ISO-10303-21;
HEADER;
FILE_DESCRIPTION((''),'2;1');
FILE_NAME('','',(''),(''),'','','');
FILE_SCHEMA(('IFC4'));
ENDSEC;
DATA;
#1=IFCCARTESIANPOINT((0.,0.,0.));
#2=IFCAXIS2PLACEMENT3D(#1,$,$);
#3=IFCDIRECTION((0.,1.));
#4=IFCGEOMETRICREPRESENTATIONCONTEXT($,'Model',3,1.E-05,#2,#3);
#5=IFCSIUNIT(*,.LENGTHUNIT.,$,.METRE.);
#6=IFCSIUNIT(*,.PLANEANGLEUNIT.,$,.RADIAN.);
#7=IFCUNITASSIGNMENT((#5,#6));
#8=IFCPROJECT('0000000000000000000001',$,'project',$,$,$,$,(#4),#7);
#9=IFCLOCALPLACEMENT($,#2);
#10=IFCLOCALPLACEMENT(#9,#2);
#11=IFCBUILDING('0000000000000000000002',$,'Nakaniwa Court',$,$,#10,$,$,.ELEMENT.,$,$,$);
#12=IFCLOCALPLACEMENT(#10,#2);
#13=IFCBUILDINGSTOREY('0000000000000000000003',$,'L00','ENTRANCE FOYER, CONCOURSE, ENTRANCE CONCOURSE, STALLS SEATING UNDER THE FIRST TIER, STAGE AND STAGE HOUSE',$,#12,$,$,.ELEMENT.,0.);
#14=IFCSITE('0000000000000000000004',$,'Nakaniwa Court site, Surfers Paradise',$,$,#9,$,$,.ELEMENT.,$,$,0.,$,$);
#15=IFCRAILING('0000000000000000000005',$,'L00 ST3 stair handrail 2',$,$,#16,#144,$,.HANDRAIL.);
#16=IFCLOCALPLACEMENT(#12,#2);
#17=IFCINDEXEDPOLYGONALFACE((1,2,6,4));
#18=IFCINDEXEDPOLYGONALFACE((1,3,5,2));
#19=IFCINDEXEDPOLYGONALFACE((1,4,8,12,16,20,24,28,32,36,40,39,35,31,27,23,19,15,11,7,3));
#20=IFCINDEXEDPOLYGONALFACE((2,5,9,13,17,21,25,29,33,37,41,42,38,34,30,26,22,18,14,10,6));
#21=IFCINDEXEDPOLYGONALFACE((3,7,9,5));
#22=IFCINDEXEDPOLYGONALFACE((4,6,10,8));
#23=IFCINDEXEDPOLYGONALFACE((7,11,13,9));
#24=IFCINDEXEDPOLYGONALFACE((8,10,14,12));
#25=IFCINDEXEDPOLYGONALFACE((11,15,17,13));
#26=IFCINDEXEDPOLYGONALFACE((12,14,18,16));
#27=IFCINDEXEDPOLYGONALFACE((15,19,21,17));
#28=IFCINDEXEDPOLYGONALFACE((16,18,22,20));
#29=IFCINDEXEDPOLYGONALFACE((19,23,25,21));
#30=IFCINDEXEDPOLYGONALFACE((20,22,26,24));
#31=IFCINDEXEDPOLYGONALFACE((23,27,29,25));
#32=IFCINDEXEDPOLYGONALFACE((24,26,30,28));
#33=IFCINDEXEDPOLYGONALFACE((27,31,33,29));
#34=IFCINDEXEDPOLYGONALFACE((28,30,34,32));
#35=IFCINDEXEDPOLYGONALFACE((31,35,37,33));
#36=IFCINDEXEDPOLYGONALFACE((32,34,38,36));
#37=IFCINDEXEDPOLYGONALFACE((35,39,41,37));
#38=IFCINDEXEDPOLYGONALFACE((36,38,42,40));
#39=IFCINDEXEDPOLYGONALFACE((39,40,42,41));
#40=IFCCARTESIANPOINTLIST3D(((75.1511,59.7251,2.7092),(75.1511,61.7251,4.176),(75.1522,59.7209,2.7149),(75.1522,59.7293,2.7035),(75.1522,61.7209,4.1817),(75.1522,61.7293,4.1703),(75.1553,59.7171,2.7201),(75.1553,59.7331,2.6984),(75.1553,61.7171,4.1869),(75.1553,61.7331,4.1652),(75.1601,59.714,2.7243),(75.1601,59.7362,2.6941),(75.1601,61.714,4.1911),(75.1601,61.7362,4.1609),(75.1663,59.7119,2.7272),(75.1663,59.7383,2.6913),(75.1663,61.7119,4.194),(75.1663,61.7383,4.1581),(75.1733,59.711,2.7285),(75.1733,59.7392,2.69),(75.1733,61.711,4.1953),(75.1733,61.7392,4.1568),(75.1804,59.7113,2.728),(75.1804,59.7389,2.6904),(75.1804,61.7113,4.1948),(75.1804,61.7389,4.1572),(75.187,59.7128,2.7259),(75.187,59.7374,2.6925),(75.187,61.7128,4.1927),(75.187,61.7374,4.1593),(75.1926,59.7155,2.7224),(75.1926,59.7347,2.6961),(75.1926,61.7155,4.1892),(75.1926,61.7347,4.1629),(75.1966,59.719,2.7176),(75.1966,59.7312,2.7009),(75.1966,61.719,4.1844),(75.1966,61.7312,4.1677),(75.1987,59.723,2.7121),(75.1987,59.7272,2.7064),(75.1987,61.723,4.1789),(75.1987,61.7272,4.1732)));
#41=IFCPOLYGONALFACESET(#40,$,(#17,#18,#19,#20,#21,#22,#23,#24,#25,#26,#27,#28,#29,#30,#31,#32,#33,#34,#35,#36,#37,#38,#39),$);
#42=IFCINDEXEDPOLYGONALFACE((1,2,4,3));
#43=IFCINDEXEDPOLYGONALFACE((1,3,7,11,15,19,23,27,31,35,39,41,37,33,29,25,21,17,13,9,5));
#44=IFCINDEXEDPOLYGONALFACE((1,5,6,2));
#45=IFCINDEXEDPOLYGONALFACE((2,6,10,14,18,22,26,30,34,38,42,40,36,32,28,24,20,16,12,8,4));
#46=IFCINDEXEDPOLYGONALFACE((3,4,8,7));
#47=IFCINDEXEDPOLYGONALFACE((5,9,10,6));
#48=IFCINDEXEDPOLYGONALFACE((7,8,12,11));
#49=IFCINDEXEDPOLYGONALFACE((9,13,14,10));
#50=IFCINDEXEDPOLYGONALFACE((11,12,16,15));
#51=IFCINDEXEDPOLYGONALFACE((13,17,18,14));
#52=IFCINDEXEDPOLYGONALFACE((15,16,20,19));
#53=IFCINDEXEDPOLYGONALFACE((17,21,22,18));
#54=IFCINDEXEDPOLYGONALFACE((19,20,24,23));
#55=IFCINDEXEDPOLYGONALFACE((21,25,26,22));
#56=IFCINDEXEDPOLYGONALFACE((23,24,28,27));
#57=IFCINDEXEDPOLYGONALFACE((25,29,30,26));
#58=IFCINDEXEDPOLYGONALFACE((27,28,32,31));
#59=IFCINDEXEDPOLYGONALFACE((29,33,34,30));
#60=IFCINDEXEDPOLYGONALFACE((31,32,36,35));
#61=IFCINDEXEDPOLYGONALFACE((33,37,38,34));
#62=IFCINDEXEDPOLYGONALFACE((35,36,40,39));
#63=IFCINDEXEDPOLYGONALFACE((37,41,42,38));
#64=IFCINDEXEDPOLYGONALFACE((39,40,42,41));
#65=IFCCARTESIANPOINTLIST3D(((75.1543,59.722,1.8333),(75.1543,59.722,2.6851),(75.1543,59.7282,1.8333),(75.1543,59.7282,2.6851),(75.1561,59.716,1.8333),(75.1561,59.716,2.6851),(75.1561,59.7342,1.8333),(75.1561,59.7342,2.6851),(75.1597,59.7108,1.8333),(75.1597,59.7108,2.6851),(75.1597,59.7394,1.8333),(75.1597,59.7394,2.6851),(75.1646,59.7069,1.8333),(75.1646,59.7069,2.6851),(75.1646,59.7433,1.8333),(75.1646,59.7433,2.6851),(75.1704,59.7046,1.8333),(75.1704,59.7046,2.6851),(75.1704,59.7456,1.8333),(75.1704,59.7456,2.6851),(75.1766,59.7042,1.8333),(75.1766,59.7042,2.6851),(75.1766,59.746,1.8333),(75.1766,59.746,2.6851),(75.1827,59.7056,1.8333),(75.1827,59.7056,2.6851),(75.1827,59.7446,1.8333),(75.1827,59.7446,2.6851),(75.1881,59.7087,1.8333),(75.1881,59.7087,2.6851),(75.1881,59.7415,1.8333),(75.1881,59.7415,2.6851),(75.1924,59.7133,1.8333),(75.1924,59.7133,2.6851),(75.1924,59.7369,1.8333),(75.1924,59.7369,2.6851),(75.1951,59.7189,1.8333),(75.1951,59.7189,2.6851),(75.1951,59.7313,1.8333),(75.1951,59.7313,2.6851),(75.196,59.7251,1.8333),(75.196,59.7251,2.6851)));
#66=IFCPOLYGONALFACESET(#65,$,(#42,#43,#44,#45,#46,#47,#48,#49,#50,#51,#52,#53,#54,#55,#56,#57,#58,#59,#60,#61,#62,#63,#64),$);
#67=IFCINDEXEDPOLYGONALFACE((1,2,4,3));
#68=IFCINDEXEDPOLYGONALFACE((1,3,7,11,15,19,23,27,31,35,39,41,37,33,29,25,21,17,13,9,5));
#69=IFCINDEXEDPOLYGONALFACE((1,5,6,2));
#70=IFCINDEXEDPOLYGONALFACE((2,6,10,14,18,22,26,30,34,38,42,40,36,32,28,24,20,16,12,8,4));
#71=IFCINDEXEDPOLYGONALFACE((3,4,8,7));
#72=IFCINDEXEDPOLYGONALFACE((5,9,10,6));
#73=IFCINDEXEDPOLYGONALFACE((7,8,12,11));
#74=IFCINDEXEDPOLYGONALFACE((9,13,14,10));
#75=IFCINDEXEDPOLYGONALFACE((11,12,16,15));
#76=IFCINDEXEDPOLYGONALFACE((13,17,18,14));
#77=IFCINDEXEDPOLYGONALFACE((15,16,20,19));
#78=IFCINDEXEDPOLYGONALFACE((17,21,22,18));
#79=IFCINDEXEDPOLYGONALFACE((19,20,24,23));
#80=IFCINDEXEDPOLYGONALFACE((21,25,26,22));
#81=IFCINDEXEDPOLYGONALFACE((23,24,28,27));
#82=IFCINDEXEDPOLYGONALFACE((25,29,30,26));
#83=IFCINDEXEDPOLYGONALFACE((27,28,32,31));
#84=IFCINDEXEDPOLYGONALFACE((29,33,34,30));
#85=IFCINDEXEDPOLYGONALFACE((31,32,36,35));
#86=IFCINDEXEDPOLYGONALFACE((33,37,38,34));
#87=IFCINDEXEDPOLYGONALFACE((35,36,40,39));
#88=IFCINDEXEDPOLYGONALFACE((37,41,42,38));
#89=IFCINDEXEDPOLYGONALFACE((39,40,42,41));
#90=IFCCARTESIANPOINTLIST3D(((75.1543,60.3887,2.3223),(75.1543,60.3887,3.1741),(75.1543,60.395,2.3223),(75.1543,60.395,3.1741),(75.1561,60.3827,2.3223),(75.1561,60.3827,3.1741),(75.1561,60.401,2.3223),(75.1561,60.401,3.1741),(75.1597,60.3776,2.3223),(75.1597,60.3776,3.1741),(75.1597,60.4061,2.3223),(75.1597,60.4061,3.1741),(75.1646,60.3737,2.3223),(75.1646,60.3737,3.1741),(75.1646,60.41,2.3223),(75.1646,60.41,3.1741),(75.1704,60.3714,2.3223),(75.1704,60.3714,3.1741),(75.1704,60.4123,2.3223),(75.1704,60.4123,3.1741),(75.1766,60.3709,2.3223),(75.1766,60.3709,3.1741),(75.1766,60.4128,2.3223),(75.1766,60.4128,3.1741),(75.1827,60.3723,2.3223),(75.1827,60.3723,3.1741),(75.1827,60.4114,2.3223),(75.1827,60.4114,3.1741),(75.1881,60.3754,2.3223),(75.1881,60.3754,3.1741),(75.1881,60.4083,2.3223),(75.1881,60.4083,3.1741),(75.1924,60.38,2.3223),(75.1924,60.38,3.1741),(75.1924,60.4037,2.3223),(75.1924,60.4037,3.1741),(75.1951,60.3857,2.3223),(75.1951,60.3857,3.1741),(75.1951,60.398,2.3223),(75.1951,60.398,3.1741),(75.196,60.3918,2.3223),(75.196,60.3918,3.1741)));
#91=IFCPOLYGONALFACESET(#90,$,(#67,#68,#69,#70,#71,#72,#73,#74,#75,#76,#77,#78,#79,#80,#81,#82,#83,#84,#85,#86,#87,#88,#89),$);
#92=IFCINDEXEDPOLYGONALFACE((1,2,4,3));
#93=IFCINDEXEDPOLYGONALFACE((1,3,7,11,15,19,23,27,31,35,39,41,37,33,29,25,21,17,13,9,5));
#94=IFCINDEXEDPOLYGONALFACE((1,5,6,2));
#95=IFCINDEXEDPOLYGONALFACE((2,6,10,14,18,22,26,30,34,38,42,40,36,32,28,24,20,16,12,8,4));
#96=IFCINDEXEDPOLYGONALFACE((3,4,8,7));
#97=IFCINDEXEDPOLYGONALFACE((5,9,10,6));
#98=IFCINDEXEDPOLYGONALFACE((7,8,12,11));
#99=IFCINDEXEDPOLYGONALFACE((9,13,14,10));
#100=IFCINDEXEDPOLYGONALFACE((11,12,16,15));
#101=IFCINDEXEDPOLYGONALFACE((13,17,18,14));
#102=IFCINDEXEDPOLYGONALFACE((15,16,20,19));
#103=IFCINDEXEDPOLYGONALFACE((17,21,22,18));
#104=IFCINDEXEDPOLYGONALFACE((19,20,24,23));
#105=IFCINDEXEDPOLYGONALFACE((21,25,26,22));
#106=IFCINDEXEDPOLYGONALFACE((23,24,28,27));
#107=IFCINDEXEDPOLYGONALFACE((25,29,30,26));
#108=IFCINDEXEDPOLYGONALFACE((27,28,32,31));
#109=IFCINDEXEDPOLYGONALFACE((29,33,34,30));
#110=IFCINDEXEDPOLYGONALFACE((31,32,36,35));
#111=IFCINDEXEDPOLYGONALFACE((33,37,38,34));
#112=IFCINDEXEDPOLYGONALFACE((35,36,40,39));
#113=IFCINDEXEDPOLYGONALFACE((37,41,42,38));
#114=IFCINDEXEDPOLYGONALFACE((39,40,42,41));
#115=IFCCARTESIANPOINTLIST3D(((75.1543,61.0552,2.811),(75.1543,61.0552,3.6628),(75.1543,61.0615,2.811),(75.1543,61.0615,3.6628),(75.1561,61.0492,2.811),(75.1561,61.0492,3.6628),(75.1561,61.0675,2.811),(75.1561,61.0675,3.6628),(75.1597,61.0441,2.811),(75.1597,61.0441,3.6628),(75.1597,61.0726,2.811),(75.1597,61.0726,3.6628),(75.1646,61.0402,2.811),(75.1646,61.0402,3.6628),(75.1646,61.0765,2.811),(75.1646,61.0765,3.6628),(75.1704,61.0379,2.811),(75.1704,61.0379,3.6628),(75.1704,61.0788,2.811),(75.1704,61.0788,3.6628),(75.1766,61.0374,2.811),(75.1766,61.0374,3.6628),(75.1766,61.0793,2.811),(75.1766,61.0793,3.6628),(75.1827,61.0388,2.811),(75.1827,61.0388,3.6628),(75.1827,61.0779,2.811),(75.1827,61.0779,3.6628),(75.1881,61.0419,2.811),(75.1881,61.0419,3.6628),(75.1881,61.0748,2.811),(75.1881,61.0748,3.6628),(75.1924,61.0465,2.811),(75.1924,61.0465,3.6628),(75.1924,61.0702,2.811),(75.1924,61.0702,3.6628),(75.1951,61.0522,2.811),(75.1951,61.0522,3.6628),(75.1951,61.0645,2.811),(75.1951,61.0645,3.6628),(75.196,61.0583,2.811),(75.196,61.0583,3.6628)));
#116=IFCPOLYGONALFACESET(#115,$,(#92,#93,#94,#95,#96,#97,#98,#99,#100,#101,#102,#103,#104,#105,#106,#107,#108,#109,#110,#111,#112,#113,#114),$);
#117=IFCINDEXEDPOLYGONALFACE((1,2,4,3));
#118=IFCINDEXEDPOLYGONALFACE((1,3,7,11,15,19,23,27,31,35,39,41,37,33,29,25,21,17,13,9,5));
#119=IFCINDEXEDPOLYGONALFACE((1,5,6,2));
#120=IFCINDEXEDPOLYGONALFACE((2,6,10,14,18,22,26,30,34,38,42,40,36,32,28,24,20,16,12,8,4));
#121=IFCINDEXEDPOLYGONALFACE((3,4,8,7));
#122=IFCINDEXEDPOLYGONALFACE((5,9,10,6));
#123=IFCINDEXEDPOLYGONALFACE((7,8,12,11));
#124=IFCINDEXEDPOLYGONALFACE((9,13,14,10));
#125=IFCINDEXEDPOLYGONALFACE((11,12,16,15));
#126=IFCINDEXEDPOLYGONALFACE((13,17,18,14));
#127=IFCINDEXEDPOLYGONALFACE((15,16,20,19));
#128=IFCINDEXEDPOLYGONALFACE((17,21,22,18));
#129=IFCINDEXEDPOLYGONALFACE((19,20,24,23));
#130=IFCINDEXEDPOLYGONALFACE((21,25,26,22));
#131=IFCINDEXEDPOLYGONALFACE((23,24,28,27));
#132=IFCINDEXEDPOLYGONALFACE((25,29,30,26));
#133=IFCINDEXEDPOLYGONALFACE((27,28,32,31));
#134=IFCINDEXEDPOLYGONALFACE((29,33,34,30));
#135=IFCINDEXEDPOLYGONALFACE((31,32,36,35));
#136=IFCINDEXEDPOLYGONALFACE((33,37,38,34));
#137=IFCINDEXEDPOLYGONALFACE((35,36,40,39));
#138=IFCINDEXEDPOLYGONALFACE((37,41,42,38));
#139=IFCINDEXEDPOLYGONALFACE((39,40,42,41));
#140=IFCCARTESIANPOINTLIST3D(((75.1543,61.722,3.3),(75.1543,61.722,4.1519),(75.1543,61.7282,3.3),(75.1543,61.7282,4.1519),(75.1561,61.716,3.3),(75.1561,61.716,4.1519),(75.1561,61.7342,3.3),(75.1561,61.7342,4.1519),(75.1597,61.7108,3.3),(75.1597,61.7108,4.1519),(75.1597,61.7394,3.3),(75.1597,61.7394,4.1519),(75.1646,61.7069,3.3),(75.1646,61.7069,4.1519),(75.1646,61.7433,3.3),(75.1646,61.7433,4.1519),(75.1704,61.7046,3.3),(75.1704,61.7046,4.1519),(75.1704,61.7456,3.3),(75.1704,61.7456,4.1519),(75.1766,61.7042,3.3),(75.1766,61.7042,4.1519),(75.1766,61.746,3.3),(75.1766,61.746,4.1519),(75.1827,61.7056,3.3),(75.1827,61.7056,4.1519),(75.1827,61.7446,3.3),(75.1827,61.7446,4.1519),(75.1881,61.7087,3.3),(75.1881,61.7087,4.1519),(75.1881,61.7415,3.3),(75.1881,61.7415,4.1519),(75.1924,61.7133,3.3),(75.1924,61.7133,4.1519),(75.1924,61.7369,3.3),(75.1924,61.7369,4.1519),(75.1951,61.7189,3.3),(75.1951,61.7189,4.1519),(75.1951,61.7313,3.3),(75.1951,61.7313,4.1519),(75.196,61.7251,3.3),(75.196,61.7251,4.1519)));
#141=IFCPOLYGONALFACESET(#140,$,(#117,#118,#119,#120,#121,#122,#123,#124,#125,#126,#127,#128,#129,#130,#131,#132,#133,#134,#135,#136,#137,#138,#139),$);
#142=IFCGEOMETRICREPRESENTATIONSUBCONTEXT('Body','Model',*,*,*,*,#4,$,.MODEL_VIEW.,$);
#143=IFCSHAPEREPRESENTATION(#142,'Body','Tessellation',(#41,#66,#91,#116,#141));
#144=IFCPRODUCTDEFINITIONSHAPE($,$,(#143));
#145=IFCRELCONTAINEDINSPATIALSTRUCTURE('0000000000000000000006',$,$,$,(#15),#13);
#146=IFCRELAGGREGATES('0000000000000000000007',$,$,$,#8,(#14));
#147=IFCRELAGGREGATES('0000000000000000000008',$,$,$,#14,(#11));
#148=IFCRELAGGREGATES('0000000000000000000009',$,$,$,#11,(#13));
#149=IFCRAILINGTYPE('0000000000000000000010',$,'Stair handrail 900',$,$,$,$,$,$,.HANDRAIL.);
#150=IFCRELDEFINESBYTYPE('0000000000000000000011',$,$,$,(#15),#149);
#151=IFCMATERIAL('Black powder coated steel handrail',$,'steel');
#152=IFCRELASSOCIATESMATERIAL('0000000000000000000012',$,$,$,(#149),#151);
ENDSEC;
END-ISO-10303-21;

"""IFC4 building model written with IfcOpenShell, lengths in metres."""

from ifc_helpers import new_model, si_unit, direction, frame, origin, origin_2d, place, context, subcontext, project, spatial, circle, extrude, material, type_object, element, save


model = new_model("IFC4")

# Units and contexts
model_context = context("Model", 3, precision=1e-05, world=origin(), true_north=direction((0.0, 1.0)))
body_context = subcontext(model_context, "Body", "Model", "MODEL_VIEW")
ifc_project = project(units=[si_unit("LENGTHUNIT", "METRE"), si_unit("PLANEANGLEUNIT", "RADIAN")], contexts=[model_context])

# Site, building, storey
site_placement = place(None, origin())
site = spatial("IfcSite", under=ifc_project, at=site_placement, Name="Nakaniwa Court site, Surfers Paradise", CompositionType="ELEMENT", RefElevation=0.0)
building_placement = place(site_placement, origin())
building = spatial("IfcBuilding", under=site, at=building_placement, Name="Nakaniwa Court", CompositionType="ELEMENT")
storey_placement = place(building_placement, origin())
storey = spatial("IfcBuildingStorey", under=building, at=storey_placement, Name="L00", Description="ENTRANCE FOYER, CONCOURSE, ENTRANCE CONCOURSE, STALLS SEATING UNDER THE FIRST TIER, STAGE AND STAGE HOUSE", CompositionType="ELEMENT", Elevation=0.0)

# Railing
ifc_material_1 = material(Name="Black powder coated steel handrail", Category="steel")
railing_type_1 = type_object("IfcRailingType", Name="Stair handrail 900", PredefinedType="HANDRAIL", material=ifc_material_1)
for number, where, name in (
    (1, (75.175, 59.7251, 1.8333), "L00 ST3 stair handrail 2"),
):
    element("IfcRailing", number, at=place(storey_placement, frame(where)), inside=storey, type_object=railing_type_1, Name=name, PredefinedType="HANDRAIL", context=body_context, shape_type="SweptSolid", body=[
        extrude(circle(Radius=0.0239, at=origin_2d()), frame((0.0, 0.0, 0.876), z_axis=(0.0, 0.80638, 0.591398), x_axis=(-1.0, 0.0, 0.0)), (0.0, 0.0, 1.0), 2.4802),
        extrude(circle(Radius=0.021, at=origin_2d()), origin(), (0.0, 0.0, 1.0), 0.8518),
        extrude(circle(Radius=0.021, at=origin_2d()), frame((0.0, 0.6667, 0.489)), (0.0, 0.0, 1.0), 0.8518),
        extrude(circle(Radius=0.021, at=origin_2d()), frame((0.0, 1.3333, 0.9778)), (0.0, 0.0, 1.0), 0.8518),
        extrude(circle(Radius=0.021, at=origin_2d()), frame((0.0, 2.0, 1.4668)), (0.0, 0.0, 1.0), 0.8518),
    ])

save(model, "model.ifc")
